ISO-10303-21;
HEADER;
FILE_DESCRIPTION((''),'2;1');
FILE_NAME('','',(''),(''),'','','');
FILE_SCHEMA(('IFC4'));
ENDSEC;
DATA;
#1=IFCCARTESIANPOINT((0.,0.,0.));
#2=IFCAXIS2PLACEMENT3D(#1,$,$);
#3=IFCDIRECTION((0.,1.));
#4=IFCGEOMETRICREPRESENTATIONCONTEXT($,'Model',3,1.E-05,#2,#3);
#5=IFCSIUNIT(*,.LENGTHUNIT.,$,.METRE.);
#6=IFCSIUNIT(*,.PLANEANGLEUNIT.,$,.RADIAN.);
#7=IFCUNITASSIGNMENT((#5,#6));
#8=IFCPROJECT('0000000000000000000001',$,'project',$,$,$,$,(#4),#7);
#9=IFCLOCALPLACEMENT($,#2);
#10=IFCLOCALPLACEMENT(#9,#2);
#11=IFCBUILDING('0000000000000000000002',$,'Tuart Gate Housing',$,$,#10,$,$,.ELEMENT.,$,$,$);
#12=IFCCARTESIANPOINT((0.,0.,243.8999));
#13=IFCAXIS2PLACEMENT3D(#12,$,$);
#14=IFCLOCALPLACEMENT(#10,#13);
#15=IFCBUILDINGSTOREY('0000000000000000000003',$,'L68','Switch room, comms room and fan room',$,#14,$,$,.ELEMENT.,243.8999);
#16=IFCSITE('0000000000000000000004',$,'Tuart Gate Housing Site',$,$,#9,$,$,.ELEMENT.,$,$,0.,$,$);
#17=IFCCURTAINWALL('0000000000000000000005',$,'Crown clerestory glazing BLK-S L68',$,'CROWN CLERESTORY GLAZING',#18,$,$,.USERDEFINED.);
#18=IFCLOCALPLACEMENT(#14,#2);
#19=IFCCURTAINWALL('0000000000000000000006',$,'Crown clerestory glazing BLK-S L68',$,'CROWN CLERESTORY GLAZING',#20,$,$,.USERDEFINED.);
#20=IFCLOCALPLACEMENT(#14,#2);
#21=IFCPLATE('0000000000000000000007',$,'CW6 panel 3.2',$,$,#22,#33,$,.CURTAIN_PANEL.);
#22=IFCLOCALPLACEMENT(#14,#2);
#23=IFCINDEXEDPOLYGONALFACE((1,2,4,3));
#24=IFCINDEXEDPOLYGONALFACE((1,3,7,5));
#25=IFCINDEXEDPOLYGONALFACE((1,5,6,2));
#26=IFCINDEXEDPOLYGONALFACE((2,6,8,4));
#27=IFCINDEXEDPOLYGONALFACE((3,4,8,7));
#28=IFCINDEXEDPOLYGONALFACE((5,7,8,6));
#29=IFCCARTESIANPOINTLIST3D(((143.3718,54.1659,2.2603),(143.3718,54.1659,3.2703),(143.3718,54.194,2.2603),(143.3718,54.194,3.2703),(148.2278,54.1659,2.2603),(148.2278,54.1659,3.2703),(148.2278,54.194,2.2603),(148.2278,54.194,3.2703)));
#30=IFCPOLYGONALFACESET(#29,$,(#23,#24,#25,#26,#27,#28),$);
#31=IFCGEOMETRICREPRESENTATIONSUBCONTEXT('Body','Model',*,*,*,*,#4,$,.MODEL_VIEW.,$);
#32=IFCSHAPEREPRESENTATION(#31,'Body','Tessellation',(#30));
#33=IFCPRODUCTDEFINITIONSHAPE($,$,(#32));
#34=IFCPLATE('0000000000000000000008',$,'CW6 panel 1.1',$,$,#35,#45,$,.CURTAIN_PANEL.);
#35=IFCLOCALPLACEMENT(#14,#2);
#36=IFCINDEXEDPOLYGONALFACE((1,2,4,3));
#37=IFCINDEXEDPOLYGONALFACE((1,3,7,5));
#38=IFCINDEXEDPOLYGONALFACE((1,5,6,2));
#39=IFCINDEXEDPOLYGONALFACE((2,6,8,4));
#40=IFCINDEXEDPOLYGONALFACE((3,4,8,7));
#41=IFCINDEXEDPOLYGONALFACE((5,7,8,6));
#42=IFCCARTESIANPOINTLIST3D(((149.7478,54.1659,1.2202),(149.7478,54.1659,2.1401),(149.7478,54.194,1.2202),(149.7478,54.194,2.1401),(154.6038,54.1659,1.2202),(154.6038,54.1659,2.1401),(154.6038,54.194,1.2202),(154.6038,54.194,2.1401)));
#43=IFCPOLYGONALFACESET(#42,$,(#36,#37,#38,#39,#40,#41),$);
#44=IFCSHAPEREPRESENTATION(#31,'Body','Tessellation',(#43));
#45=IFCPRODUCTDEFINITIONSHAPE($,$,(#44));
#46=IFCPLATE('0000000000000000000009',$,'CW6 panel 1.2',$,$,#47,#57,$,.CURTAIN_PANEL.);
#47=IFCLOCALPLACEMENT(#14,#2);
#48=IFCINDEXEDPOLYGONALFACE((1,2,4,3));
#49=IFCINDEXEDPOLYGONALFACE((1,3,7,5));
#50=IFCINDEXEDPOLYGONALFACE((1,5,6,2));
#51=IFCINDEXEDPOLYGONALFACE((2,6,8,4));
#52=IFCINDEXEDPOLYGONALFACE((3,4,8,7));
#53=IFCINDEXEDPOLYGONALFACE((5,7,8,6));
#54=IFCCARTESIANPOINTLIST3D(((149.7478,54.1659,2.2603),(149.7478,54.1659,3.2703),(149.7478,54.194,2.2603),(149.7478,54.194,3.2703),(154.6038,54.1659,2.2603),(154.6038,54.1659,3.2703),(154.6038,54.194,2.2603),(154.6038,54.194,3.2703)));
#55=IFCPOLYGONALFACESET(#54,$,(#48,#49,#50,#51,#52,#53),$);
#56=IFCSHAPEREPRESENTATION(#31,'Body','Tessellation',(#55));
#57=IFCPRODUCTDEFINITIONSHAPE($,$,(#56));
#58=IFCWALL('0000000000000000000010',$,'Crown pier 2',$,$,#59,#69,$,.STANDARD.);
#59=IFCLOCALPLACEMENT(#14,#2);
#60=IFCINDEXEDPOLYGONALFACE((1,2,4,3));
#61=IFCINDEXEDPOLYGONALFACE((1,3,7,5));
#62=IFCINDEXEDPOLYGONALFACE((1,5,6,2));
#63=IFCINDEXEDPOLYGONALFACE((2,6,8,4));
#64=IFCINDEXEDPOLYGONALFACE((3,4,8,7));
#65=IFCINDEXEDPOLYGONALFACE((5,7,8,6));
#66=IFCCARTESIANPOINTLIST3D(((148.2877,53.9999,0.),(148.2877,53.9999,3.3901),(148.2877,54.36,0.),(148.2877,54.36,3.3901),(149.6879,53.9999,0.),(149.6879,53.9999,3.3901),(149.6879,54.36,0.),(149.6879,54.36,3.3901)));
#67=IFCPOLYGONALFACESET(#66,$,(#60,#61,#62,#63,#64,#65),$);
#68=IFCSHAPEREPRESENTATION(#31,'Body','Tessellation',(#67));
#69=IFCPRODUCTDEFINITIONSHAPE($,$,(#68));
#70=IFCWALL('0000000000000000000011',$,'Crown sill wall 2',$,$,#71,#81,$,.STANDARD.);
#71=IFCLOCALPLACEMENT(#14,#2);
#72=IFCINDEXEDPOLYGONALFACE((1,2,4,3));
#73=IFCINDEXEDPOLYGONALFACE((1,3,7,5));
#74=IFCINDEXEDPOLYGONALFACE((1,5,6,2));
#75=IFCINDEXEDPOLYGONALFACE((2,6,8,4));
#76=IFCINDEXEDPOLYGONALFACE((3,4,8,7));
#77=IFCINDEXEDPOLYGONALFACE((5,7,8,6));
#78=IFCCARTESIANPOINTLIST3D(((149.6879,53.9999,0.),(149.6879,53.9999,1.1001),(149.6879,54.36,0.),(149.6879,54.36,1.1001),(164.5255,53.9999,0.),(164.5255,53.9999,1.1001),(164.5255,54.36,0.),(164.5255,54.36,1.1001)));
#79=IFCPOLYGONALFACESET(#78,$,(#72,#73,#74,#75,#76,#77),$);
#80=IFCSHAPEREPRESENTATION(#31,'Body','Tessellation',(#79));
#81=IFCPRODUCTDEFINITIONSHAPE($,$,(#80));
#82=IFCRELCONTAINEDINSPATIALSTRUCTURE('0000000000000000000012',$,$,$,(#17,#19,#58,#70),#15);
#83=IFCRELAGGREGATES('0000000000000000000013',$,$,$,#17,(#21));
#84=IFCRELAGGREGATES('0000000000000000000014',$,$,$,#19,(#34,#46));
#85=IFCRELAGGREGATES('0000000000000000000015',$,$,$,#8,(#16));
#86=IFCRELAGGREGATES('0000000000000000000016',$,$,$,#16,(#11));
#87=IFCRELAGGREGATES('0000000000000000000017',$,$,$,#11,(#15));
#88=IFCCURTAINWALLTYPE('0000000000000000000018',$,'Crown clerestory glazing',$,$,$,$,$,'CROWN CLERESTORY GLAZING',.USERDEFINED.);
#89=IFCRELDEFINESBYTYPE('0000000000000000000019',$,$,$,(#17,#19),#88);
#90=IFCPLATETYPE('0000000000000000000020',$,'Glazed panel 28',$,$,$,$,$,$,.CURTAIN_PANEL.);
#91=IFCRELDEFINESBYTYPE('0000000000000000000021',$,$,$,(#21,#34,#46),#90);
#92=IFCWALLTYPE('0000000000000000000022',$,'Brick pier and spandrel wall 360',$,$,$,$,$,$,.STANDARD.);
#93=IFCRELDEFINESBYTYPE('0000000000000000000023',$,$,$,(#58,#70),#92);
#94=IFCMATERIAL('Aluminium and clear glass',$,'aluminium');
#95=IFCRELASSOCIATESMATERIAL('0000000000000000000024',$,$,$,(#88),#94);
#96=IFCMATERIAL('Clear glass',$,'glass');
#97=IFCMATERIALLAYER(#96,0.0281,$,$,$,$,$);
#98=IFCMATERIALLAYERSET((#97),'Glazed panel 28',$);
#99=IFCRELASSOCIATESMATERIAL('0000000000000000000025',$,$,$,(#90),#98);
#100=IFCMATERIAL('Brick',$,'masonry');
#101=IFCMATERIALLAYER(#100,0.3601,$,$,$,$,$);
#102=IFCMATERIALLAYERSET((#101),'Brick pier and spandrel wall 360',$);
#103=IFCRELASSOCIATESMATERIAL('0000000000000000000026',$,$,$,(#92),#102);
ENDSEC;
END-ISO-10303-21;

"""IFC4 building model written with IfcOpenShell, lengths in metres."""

from ifc_helpers import new_model, si_unit, direction, frame, frame_2d, origin, origin_2d, place, context, subcontext, project, spatial, rectangle, extrude, material, layer, layer_set, type_object, element, aggregate, save


model = new_model("IFC4")

# Units and contexts
model_context = context("Model", 3, precision=1e-05, world=origin(), true_north=direction((0.0, 1.0)))
body_context = subcontext(model_context, "Body", "Model", "MODEL_VIEW")
ifc_project = project(units=[si_unit("LENGTHUNIT", "METRE"), si_unit("PLANEANGLEUNIT", "RADIAN")], contexts=[model_context])

# Site, building, storey
site_placement = place(None, origin())
site = spatial("IfcSite", under=ifc_project, at=site_placement, Name="Tuart Gate Housing Site", CompositionType="ELEMENT", RefElevation=0.0)
building_placement = place(site_placement, origin())
building = spatial("IfcBuilding", under=site, at=building_placement, Name="Tuart Gate Housing", CompositionType="ELEMENT")
storey_placement = place(building_placement, frame((0.0, 0.0, 243.8999)))
storey = spatial("IfcBuildingStorey", under=building, at=storey_placement, Name="L68", Description="Switch room, comms room and fan room", CompositionType="ELEMENT", Elevation=243.8999)

# Curtain walls
ifc_material_1 = material(Name="Aluminium and clear glass", Category="aluminium")
curtain_wall_type = type_object("IfcCurtainWallType", Name="Crown clerestory glazing", ElementType="CROWN CLERESTORY GLAZING", PredefinedType="USERDEFINED", material=ifc_material_1)
curtain_wall_1_placement = place(storey_placement, origin())
curtain_wall_1 = element("IfcCurtainWall", 1, at=curtain_wall_1_placement, inside=storey, type_object=curtain_wall_type, Name="Crown clerestory glazing BLK-S L68", ObjectType="CROWN CLERESTORY GLAZING", PredefinedType="USERDEFINED")
curtain_wall_2_placement = place(storey_placement, origin())
curtain_wall_2 = element("IfcCurtainWall", 2, at=curtain_wall_2_placement, inside=storey, type_object=curtain_wall_type, Name="Crown clerestory glazing BLK-S L68", ObjectType="CROWN CLERESTORY GLAZING", PredefinedType="USERDEFINED")

# Plates
ifc_material_2 = material(Name="Clear glass", Category="glass")
ifc_layer_1 = layer(ifc_material_2, 0.0281)
ifc_layer_set_1 = layer_set([ifc_layer_1], Name="Glazed panel 28")
plate_type = type_object("IfcPlateType", Name="Glazed panel 28", PredefinedType="CURTAIN_PANEL", material=ifc_layer_set_1)
plate_1_placement = place(storey_placement, frame((145.7998, 54.1799, 2.2603), z_axis=(0.0, 0.0, 1.0), x_axis=(1.0, 0.0, 0.0)))
plate_1 = element("IfcPlate", 3, at=plate_1_placement, type_object=plate_type, Name="CW6 panel 3.2", PredefinedType="CURTAIN_PANEL", context=body_context, shape_type="SweptSolid", body=[
    extrude(rectangle(XDim=4.856, YDim=0.0281, at=origin_2d()), origin(), (0.0, 0.0, 1.0), 1.01),
])
aggregate(curtain_wall_1, [plate_1])
plate_2_placement = place(storey_placement, frame((152.1758, 54.1799, 1.2202), z_axis=(0.0, 0.0, 1.0), x_axis=(1.0, 0.0, 0.0)))
plate_2 = element("IfcPlate", 4, at=plate_2_placement, type_object=plate_type, Name="CW6 panel 1.1", PredefinedType="CURTAIN_PANEL", context=body_context, shape_type="SweptSolid", body=[
    extrude(rectangle(XDim=4.856, YDim=0.0281, at=origin_2d()), origin(), (0.0, 0.0, 1.0), 0.9199),
])
plate_3_placement = place(storey_placement, frame((152.1758, 54.1799, 2.2603), z_axis=(0.0, 0.0, 1.0), x_axis=(1.0, 0.0, 0.0)))
plate_3 = element("IfcPlate", 5, at=plate_3_placement, type_object=plate_type, Name="CW6 panel 1.2", PredefinedType="CURTAIN_PANEL", context=body_context, shape_type="SweptSolid", body=[
    extrude(rectangle(XDim=4.856, YDim=0.0281, at=origin_2d()), origin(), (0.0, 0.0, 1.0), 1.01),
])
aggregate(curtain_wall_2, [plate_2, plate_3])

# Walls
ifc_material_3 = material(Name="Brick", Category="masonry")
ifc_layer_2 = layer(ifc_material_3, 0.3601)
ifc_layer_set_2 = layer_set([ifc_layer_2], Name="Brick pier and spandrel wall 360")
wall_type = type_object("IfcWallType", Name="Brick pier and spandrel wall 360", PredefinedType="STANDARD", material=ifc_layer_set_2)
wall_1_placement = place(storey_placement, frame((148.2876, 54.1799, 0.0), z_axis=(0.0, 0.0, 1.0), x_axis=(1.0, 0.0, 0.0)))
element("IfcWall", 6, at=wall_1_placement, inside=storey, type_object=wall_type, Name="Crown pier 2", PredefinedType="STANDARD", context=body_context, shape_type="SweptSolid", body=[
    extrude(rectangle(XDim=1.4001, YDim=0.3601, at=frame_2d((0.7002, 0.0))), origin(), (0.0, 0.0, 1.0), 3.3901),
])
wall_2_placement = place(storey_placement, frame((149.6877, 54.1799, 0.0), z_axis=(0.0, 0.0, 1.0), x_axis=(1.0, 0.0, 0.0)))
element("IfcWall", 7, at=wall_2_placement, inside=storey, type_object=wall_type, Name="Crown sill wall 2", PredefinedType="STANDARD", context=body_context, shape_type="SweptSolid", body=[
    extrude(rectangle(XDim=14.8376, YDim=0.3601, at=frame_2d((7.4189, 0.0))), origin(), (0.0, 0.0, 1.0), 1.1001),
])

save(model, "model.ifc")
